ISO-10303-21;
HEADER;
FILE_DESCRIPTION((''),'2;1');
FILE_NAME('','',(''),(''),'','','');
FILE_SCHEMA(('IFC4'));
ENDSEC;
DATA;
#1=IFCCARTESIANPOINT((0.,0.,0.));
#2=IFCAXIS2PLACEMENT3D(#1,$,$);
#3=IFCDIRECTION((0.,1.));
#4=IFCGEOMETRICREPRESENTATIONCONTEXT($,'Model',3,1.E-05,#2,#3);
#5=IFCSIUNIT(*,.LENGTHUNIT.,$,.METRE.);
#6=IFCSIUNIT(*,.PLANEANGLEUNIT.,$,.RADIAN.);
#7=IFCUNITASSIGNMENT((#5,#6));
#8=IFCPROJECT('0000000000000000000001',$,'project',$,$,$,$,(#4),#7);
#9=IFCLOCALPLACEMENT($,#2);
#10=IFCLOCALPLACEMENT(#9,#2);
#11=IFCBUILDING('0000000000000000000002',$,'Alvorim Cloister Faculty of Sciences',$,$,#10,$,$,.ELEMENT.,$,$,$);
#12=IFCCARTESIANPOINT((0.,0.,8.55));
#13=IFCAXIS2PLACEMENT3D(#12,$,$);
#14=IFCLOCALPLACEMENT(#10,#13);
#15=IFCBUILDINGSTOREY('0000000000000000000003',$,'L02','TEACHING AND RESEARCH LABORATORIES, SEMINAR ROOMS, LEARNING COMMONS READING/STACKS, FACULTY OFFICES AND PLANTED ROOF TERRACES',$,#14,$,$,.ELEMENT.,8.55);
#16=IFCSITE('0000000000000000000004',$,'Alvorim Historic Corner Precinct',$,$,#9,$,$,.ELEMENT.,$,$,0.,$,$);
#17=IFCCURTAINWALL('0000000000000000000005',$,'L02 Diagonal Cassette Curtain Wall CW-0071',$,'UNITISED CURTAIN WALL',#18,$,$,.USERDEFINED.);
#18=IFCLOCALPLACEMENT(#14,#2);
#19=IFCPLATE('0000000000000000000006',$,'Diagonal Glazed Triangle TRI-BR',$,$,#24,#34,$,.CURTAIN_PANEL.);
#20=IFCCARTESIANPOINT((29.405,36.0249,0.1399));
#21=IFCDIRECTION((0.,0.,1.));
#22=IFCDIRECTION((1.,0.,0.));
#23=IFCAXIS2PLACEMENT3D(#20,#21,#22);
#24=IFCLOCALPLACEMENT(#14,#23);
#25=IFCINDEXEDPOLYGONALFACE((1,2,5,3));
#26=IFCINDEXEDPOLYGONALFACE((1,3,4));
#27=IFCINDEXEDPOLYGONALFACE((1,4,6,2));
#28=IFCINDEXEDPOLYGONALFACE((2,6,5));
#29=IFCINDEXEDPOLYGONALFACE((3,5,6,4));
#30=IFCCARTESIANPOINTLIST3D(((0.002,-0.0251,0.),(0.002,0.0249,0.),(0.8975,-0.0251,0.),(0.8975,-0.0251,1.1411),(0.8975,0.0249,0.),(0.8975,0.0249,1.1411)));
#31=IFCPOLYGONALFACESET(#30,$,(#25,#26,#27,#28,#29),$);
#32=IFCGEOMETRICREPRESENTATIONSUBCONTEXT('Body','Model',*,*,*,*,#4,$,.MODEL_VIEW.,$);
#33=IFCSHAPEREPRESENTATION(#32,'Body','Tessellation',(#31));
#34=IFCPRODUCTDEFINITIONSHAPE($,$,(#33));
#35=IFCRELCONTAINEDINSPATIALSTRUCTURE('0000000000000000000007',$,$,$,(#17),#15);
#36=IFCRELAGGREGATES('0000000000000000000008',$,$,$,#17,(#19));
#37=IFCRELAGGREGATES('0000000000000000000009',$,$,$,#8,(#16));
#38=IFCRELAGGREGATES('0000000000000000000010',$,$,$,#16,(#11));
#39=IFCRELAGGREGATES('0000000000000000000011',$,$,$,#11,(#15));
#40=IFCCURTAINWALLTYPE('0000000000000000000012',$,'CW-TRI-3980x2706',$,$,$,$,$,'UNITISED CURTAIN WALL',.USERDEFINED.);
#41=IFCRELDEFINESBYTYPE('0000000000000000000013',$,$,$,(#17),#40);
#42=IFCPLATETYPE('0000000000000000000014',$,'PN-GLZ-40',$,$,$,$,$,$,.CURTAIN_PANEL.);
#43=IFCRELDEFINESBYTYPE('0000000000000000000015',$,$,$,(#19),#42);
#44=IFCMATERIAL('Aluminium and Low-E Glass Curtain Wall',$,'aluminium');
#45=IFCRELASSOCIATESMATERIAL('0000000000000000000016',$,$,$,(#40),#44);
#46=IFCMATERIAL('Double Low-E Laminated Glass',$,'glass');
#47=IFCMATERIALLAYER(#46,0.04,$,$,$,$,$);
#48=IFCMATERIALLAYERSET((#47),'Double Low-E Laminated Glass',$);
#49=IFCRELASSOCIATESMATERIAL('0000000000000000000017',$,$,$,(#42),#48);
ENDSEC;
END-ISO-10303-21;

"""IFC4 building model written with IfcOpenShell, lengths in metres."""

from ifc_helpers import new_model, si_unit, direction, frame, origin, place, context, subcontext, project, spatial, polyline, outline, extrude, material, layer, layer_set, type_object, element, aggregate, save


model = new_model("IFC4")

# Units and contexts
model_context = context("Model", 3, precision=1e-05, world=origin(), true_north=direction((0.0, 1.0)))
body_context = subcontext(model_context, "Body", "Model", "MODEL_VIEW")
ifc_project = project(units=[si_unit("LENGTHUNIT", "METRE"), si_unit("PLANEANGLEUNIT", "RADIAN")], contexts=[model_context])

# Site, building, storey
site_placement = place(None, origin())
site = spatial("IfcSite", under=ifc_project, at=site_placement, Name="Alvorim Historic Corner Precinct", CompositionType="ELEMENT", RefElevation=0.0)
building_placement = place(site_placement, origin())
building = spatial("IfcBuilding", under=site, at=building_placement, Name="Alvorim Cloister Faculty of Sciences", CompositionType="ELEMENT")
storey_placement = place(building_placement, frame((0.0, 0.0, 8.55)))
storey = spatial("IfcBuildingStorey", under=building, at=storey_placement, Name="L02", Description="TEACHING AND RESEARCH LABORATORIES, SEMINAR ROOMS, LEARNING COMMONS READING/STACKS, FACULTY OFFICES AND PLANTED ROOF TERRACES", CompositionType="ELEMENT", Elevation=8.55)

# Curtain wall, plate
ifc_material_1 = material(Name="Aluminium and Low-E Glass Curtain Wall", Category="aluminium")
curtain_wall_type = type_object("IfcCurtainWallType", Name="CW-TRI-3980x2706", ElementType="UNITISED CURTAIN WALL", PredefinedType="USERDEFINED", material=ifc_material_1)
curtain_wall_placement = place(storey_placement, origin())
curtain_wall = element("IfcCurtainWall", 1, at=curtain_wall_placement, inside=storey, type_object=curtain_wall_type, Name="L02 Diagonal Cassette Curtain Wall CW-0071", ObjectType="UNITISED CURTAIN WALL", PredefinedType="USERDEFINED")
ifc_material_2 = material(Name="Double Low-E Laminated Glass", Category="glass")
ifc_layer = layer(ifc_material_2, 0.04)
ifc_layer_set = layer_set([ifc_layer], Name="Double Low-E Laminated Glass")
plate_type = type_object("IfcPlateType", Name="PN-GLZ-40", PredefinedType="CURTAIN_PANEL", material=ifc_layer_set)
plate_1_placement = place(storey_placement, frame((29.405, 36.0249, 0.1399), z_axis=(0.0, 0.0, 1.0), x_axis=(1.0, 0.0, 0.0)))
plate_1 = element("IfcPlate", 2, at=plate_1_placement, type_object=plate_type, Name="Diagonal Glazed Triangle TRI-BR", PredefinedType="CURTAIN_PANEL", context=body_context, shape_type="SweptSolid", body=[
    extrude(outline(polyline([(0.002, 0.0), (0.8975, 0.0), (0.8975, 1.1411), (0.002, 0.0)])), frame((0.0, 0.0249, 0.0), z_axis=(0.0, -1.0, 0.0), x_axis=(1.0, 0.0, 0.0)), (0.0, 0.0, 1.0), 0.05),
])
aggregate(curtain_wall, [plate_1])

save(model, "model.ifc")
